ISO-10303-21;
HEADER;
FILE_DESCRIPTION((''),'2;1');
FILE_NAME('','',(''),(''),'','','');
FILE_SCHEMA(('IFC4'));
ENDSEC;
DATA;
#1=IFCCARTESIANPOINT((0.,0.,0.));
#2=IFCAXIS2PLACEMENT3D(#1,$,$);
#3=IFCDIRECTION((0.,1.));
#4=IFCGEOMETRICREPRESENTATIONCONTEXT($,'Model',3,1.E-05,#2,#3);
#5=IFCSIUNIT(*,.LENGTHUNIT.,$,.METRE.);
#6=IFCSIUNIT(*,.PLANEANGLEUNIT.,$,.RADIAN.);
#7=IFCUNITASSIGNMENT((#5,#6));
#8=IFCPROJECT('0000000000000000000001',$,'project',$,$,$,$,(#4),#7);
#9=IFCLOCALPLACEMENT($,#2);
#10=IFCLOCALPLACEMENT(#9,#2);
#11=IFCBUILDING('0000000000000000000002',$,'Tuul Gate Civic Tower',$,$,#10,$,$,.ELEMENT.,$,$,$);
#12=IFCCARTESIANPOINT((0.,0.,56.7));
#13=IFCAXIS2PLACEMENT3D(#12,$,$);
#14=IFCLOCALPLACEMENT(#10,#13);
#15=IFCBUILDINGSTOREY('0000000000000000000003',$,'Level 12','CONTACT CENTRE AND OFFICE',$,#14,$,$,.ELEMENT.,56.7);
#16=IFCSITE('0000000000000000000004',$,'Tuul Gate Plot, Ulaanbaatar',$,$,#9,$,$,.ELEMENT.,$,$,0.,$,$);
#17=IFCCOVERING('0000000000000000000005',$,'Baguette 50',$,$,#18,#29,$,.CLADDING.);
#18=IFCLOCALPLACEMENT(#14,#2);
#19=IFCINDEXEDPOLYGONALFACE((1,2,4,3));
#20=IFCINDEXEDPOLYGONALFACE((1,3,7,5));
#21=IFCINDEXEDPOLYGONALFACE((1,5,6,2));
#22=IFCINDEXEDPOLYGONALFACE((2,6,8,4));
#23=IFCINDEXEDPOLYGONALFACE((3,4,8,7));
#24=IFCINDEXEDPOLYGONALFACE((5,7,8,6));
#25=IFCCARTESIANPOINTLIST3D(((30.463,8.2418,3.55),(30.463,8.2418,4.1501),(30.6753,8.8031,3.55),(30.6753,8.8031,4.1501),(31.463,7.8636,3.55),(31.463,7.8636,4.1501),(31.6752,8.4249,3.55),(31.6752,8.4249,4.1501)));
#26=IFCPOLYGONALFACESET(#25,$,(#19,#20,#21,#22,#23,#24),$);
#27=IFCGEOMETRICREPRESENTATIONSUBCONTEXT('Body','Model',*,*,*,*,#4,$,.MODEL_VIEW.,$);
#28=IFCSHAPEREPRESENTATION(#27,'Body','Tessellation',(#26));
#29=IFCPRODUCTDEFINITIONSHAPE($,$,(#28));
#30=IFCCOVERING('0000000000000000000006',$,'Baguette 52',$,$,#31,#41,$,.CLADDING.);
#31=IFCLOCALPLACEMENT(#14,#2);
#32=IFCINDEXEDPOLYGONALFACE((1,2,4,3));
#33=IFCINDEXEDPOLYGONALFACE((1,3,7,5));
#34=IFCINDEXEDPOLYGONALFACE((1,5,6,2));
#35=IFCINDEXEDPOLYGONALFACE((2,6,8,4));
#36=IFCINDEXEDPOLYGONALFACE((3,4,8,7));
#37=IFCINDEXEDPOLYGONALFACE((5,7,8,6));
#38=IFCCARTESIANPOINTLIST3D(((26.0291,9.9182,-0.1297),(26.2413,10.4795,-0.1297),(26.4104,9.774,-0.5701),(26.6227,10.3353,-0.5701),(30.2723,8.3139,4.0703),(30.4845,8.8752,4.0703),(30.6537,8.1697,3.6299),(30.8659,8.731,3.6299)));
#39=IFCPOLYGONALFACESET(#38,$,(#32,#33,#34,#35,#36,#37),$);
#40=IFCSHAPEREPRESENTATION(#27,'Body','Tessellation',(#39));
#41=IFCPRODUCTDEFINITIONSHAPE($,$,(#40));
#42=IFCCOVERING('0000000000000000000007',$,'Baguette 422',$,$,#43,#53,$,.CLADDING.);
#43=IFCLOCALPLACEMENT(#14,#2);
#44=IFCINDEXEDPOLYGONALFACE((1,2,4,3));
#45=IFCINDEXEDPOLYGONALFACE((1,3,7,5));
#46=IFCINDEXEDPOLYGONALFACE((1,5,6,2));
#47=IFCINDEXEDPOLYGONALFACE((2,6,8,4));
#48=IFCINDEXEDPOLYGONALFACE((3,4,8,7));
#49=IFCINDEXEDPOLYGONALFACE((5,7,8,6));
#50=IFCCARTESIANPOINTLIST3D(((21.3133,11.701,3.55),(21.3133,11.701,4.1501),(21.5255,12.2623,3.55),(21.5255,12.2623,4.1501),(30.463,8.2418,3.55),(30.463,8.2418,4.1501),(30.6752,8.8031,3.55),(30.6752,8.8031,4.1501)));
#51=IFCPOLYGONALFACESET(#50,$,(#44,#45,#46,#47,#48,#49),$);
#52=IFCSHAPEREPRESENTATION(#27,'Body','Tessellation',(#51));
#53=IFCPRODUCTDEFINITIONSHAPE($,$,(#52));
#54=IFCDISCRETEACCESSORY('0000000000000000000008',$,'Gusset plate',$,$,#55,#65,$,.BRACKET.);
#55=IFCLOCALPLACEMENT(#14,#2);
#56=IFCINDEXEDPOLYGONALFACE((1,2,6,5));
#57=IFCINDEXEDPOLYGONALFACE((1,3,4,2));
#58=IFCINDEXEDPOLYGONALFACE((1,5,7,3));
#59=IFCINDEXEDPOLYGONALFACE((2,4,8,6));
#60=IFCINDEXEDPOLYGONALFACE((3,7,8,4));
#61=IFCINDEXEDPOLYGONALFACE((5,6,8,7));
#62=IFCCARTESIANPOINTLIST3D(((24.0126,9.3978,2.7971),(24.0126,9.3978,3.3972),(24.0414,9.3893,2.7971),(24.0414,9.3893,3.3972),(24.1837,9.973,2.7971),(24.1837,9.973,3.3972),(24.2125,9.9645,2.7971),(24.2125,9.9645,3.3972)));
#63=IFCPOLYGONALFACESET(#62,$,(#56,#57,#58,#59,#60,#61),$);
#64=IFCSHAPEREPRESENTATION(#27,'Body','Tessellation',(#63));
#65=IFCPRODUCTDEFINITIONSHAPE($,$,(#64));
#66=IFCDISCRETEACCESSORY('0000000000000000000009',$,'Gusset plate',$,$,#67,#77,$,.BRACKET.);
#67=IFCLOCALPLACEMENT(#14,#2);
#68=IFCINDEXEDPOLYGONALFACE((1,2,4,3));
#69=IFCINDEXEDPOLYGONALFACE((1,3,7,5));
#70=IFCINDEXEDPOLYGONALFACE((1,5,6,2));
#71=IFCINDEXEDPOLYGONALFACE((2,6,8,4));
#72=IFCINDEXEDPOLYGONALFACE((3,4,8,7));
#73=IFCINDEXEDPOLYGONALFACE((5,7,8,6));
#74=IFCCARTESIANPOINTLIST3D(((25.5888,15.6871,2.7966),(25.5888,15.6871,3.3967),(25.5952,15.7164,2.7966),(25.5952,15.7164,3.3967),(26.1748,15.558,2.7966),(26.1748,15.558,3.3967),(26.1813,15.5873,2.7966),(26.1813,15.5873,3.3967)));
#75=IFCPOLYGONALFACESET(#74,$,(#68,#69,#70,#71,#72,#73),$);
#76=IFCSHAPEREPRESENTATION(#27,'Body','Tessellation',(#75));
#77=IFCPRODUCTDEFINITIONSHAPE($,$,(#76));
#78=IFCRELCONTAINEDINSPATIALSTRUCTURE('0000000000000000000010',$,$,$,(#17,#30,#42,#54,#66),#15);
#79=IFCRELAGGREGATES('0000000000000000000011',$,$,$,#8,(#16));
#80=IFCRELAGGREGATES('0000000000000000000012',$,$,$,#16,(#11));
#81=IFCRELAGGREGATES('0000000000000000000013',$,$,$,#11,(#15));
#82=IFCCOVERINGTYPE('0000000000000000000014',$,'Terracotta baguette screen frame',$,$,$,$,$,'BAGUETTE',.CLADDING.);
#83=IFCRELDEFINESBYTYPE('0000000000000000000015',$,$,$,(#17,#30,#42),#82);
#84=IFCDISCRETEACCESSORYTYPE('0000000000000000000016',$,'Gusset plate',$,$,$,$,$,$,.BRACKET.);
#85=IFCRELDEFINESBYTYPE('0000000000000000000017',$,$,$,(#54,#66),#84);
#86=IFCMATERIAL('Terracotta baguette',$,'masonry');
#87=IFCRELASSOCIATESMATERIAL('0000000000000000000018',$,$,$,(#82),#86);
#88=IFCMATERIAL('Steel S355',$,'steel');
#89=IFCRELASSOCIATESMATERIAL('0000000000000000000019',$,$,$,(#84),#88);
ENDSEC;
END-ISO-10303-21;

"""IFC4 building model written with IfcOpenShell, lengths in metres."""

from ifc_helpers import new_model, si_unit, direction, frame, origin, origin_2d, place, context, subcontext, project, spatial, rectangle, extrude, material, material_profile, profile_set, type_object, element, save


model = new_model("IFC4")

# Units and contexts
model_context = context("Model", 3, precision=1e-05, world=origin(), true_north=direction((0.0, 1.0)))
body_context = subcontext(model_context, "Body", "Model", "MODEL_VIEW")
ifc_project = project(units=[si_unit("LENGTHUNIT", "METRE"), si_unit("PLANEANGLEUNIT", "RADIAN")], contexts=[model_context])

# Site, building, storey
site_placement = place(None, origin())
site = spatial("IfcSite", under=ifc_project, at=site_placement, Name="Tuul Gate Plot, Ulaanbaatar", CompositionType="ELEMENT", RefElevation=0.0)
building_placement = place(site_placement, origin())
building = spatial("IfcBuilding", under=site, at=building_placement, Name="Tuul Gate Civic Tower", CompositionType="ELEMENT")
storey_placement = place(building_placement, frame((0.0, 0.0, 56.7)))
storey = spatial("IfcBuildingStorey", under=building, at=storey_placement, Name="Level 12", Description="CONTACT CENTRE AND OFFICE", CompositionType="ELEMENT", Elevation=56.7)

# Coverings
ifc_material_1 = material(Name="Terracotta baguette", Category="masonry")
ifc_material_profile_1 = material_profile(ifc_material_1, rectangle(XDim=0.6001, YDim=0.6001, at=origin_2d()), Name="Terracotta baguette screen frame")
ifc_profile_set_1 = profile_set([ifc_material_profile_1], Name="Terracotta baguette")
covering_type = type_object("IfcCoveringType", Name="Terracotta baguette screen frame", ElementType="BAGUETTE", PredefinedType="CLADDING", material=ifc_profile_set_1)
covering_1_placement = place(storey_placement, frame((31.5691, 8.1443, 3.8501), z_axis=(-0.93535, 0.353725, 0.0), x_axis=(-0.353725, -0.93535, 0.0)))
element("IfcCovering", 1, at=covering_1_placement, inside=storey, type_object=covering_type, Name="Baguette 50", PredefinedType="CLADDING", context=body_context, shape_type="SweptSolid", body=[
    extrude(rectangle(XDim=0.6001, YDim=0.6001, at=origin_2d()), origin(), (0.0, 0.0, 1.0), 1.0691),
])
covering_2_placement = place(storey_placement, frame((30.5691, 8.5225, 3.8501), z_axis=(-0.686369, 0.259501, -0.679379), x_axis=(-0.353647, -0.935379, 0.0)))
element("IfcCovering", 2, at=covering_2_placement, inside=storey, type_object=covering_type, Name="Baguette 52", PredefinedType="CLADDING", context=body_context, shape_type="SweptSolid", body=[
    extrude(rectangle(XDim=0.6001, YDim=0.6001, at=origin_2d()), origin(), (0.0, 0.0, 1.0), 6.1821),
])
covering_3_placement = place(storey_placement, frame((30.5691, 8.5225, 3.8501), z_axis=(-0.935381, 0.353641, 0.0), x_axis=(-0.353641, -0.935381, 0.0)))
element("IfcCovering", 3, at=covering_3_placement, inside=storey, type_object=covering_type, Name="Baguette 422", PredefinedType="CLADDING", context=body_context, shape_type="SweptSolid", body=[
    extrude(rectangle(XDim=0.6001, YDim=0.6001, at=origin_2d()), origin(), (0.0, 0.0, 1.0), 9.7817),
])

# Discrete accessories
ifc_material_2 = material(Name="Steel S355", Category="steel")
discrete_accessory_type = type_object("IfcDiscreteAccessoryType", Name="Gusset plate", PredefinedType="BRACKET", material=ifc_material_2)
for number, where, z_axis, x_axis, name in (
    (4, (24.1125, 9.6812, 2.7971), (0.0, 0.0, 1.0), (0.285225, 0.958461, 0.0), "Gusset plate"),
    (5, (25.885, 15.6372, 2.7966), (0.0, 0.0, 1.0), (-0.976565, 0.215224, 0.0), "Gusset plate"),
):
    element("IfcDiscreteAccessory", number, at=place(storey_placement, frame(where, z_axis=z_axis, x_axis=x_axis)), inside=storey, type_object=discrete_accessory_type, Name=name, PredefinedType="BRACKET", context=body_context, shape_type="SweptSolid", body=[
        extrude(rectangle(XDim=0.6001, YDim=0.03, at=origin_2d()), origin(), (0.0, 0.0, 1.0), 0.6001),
    ])

save(model, "model.ifc")
